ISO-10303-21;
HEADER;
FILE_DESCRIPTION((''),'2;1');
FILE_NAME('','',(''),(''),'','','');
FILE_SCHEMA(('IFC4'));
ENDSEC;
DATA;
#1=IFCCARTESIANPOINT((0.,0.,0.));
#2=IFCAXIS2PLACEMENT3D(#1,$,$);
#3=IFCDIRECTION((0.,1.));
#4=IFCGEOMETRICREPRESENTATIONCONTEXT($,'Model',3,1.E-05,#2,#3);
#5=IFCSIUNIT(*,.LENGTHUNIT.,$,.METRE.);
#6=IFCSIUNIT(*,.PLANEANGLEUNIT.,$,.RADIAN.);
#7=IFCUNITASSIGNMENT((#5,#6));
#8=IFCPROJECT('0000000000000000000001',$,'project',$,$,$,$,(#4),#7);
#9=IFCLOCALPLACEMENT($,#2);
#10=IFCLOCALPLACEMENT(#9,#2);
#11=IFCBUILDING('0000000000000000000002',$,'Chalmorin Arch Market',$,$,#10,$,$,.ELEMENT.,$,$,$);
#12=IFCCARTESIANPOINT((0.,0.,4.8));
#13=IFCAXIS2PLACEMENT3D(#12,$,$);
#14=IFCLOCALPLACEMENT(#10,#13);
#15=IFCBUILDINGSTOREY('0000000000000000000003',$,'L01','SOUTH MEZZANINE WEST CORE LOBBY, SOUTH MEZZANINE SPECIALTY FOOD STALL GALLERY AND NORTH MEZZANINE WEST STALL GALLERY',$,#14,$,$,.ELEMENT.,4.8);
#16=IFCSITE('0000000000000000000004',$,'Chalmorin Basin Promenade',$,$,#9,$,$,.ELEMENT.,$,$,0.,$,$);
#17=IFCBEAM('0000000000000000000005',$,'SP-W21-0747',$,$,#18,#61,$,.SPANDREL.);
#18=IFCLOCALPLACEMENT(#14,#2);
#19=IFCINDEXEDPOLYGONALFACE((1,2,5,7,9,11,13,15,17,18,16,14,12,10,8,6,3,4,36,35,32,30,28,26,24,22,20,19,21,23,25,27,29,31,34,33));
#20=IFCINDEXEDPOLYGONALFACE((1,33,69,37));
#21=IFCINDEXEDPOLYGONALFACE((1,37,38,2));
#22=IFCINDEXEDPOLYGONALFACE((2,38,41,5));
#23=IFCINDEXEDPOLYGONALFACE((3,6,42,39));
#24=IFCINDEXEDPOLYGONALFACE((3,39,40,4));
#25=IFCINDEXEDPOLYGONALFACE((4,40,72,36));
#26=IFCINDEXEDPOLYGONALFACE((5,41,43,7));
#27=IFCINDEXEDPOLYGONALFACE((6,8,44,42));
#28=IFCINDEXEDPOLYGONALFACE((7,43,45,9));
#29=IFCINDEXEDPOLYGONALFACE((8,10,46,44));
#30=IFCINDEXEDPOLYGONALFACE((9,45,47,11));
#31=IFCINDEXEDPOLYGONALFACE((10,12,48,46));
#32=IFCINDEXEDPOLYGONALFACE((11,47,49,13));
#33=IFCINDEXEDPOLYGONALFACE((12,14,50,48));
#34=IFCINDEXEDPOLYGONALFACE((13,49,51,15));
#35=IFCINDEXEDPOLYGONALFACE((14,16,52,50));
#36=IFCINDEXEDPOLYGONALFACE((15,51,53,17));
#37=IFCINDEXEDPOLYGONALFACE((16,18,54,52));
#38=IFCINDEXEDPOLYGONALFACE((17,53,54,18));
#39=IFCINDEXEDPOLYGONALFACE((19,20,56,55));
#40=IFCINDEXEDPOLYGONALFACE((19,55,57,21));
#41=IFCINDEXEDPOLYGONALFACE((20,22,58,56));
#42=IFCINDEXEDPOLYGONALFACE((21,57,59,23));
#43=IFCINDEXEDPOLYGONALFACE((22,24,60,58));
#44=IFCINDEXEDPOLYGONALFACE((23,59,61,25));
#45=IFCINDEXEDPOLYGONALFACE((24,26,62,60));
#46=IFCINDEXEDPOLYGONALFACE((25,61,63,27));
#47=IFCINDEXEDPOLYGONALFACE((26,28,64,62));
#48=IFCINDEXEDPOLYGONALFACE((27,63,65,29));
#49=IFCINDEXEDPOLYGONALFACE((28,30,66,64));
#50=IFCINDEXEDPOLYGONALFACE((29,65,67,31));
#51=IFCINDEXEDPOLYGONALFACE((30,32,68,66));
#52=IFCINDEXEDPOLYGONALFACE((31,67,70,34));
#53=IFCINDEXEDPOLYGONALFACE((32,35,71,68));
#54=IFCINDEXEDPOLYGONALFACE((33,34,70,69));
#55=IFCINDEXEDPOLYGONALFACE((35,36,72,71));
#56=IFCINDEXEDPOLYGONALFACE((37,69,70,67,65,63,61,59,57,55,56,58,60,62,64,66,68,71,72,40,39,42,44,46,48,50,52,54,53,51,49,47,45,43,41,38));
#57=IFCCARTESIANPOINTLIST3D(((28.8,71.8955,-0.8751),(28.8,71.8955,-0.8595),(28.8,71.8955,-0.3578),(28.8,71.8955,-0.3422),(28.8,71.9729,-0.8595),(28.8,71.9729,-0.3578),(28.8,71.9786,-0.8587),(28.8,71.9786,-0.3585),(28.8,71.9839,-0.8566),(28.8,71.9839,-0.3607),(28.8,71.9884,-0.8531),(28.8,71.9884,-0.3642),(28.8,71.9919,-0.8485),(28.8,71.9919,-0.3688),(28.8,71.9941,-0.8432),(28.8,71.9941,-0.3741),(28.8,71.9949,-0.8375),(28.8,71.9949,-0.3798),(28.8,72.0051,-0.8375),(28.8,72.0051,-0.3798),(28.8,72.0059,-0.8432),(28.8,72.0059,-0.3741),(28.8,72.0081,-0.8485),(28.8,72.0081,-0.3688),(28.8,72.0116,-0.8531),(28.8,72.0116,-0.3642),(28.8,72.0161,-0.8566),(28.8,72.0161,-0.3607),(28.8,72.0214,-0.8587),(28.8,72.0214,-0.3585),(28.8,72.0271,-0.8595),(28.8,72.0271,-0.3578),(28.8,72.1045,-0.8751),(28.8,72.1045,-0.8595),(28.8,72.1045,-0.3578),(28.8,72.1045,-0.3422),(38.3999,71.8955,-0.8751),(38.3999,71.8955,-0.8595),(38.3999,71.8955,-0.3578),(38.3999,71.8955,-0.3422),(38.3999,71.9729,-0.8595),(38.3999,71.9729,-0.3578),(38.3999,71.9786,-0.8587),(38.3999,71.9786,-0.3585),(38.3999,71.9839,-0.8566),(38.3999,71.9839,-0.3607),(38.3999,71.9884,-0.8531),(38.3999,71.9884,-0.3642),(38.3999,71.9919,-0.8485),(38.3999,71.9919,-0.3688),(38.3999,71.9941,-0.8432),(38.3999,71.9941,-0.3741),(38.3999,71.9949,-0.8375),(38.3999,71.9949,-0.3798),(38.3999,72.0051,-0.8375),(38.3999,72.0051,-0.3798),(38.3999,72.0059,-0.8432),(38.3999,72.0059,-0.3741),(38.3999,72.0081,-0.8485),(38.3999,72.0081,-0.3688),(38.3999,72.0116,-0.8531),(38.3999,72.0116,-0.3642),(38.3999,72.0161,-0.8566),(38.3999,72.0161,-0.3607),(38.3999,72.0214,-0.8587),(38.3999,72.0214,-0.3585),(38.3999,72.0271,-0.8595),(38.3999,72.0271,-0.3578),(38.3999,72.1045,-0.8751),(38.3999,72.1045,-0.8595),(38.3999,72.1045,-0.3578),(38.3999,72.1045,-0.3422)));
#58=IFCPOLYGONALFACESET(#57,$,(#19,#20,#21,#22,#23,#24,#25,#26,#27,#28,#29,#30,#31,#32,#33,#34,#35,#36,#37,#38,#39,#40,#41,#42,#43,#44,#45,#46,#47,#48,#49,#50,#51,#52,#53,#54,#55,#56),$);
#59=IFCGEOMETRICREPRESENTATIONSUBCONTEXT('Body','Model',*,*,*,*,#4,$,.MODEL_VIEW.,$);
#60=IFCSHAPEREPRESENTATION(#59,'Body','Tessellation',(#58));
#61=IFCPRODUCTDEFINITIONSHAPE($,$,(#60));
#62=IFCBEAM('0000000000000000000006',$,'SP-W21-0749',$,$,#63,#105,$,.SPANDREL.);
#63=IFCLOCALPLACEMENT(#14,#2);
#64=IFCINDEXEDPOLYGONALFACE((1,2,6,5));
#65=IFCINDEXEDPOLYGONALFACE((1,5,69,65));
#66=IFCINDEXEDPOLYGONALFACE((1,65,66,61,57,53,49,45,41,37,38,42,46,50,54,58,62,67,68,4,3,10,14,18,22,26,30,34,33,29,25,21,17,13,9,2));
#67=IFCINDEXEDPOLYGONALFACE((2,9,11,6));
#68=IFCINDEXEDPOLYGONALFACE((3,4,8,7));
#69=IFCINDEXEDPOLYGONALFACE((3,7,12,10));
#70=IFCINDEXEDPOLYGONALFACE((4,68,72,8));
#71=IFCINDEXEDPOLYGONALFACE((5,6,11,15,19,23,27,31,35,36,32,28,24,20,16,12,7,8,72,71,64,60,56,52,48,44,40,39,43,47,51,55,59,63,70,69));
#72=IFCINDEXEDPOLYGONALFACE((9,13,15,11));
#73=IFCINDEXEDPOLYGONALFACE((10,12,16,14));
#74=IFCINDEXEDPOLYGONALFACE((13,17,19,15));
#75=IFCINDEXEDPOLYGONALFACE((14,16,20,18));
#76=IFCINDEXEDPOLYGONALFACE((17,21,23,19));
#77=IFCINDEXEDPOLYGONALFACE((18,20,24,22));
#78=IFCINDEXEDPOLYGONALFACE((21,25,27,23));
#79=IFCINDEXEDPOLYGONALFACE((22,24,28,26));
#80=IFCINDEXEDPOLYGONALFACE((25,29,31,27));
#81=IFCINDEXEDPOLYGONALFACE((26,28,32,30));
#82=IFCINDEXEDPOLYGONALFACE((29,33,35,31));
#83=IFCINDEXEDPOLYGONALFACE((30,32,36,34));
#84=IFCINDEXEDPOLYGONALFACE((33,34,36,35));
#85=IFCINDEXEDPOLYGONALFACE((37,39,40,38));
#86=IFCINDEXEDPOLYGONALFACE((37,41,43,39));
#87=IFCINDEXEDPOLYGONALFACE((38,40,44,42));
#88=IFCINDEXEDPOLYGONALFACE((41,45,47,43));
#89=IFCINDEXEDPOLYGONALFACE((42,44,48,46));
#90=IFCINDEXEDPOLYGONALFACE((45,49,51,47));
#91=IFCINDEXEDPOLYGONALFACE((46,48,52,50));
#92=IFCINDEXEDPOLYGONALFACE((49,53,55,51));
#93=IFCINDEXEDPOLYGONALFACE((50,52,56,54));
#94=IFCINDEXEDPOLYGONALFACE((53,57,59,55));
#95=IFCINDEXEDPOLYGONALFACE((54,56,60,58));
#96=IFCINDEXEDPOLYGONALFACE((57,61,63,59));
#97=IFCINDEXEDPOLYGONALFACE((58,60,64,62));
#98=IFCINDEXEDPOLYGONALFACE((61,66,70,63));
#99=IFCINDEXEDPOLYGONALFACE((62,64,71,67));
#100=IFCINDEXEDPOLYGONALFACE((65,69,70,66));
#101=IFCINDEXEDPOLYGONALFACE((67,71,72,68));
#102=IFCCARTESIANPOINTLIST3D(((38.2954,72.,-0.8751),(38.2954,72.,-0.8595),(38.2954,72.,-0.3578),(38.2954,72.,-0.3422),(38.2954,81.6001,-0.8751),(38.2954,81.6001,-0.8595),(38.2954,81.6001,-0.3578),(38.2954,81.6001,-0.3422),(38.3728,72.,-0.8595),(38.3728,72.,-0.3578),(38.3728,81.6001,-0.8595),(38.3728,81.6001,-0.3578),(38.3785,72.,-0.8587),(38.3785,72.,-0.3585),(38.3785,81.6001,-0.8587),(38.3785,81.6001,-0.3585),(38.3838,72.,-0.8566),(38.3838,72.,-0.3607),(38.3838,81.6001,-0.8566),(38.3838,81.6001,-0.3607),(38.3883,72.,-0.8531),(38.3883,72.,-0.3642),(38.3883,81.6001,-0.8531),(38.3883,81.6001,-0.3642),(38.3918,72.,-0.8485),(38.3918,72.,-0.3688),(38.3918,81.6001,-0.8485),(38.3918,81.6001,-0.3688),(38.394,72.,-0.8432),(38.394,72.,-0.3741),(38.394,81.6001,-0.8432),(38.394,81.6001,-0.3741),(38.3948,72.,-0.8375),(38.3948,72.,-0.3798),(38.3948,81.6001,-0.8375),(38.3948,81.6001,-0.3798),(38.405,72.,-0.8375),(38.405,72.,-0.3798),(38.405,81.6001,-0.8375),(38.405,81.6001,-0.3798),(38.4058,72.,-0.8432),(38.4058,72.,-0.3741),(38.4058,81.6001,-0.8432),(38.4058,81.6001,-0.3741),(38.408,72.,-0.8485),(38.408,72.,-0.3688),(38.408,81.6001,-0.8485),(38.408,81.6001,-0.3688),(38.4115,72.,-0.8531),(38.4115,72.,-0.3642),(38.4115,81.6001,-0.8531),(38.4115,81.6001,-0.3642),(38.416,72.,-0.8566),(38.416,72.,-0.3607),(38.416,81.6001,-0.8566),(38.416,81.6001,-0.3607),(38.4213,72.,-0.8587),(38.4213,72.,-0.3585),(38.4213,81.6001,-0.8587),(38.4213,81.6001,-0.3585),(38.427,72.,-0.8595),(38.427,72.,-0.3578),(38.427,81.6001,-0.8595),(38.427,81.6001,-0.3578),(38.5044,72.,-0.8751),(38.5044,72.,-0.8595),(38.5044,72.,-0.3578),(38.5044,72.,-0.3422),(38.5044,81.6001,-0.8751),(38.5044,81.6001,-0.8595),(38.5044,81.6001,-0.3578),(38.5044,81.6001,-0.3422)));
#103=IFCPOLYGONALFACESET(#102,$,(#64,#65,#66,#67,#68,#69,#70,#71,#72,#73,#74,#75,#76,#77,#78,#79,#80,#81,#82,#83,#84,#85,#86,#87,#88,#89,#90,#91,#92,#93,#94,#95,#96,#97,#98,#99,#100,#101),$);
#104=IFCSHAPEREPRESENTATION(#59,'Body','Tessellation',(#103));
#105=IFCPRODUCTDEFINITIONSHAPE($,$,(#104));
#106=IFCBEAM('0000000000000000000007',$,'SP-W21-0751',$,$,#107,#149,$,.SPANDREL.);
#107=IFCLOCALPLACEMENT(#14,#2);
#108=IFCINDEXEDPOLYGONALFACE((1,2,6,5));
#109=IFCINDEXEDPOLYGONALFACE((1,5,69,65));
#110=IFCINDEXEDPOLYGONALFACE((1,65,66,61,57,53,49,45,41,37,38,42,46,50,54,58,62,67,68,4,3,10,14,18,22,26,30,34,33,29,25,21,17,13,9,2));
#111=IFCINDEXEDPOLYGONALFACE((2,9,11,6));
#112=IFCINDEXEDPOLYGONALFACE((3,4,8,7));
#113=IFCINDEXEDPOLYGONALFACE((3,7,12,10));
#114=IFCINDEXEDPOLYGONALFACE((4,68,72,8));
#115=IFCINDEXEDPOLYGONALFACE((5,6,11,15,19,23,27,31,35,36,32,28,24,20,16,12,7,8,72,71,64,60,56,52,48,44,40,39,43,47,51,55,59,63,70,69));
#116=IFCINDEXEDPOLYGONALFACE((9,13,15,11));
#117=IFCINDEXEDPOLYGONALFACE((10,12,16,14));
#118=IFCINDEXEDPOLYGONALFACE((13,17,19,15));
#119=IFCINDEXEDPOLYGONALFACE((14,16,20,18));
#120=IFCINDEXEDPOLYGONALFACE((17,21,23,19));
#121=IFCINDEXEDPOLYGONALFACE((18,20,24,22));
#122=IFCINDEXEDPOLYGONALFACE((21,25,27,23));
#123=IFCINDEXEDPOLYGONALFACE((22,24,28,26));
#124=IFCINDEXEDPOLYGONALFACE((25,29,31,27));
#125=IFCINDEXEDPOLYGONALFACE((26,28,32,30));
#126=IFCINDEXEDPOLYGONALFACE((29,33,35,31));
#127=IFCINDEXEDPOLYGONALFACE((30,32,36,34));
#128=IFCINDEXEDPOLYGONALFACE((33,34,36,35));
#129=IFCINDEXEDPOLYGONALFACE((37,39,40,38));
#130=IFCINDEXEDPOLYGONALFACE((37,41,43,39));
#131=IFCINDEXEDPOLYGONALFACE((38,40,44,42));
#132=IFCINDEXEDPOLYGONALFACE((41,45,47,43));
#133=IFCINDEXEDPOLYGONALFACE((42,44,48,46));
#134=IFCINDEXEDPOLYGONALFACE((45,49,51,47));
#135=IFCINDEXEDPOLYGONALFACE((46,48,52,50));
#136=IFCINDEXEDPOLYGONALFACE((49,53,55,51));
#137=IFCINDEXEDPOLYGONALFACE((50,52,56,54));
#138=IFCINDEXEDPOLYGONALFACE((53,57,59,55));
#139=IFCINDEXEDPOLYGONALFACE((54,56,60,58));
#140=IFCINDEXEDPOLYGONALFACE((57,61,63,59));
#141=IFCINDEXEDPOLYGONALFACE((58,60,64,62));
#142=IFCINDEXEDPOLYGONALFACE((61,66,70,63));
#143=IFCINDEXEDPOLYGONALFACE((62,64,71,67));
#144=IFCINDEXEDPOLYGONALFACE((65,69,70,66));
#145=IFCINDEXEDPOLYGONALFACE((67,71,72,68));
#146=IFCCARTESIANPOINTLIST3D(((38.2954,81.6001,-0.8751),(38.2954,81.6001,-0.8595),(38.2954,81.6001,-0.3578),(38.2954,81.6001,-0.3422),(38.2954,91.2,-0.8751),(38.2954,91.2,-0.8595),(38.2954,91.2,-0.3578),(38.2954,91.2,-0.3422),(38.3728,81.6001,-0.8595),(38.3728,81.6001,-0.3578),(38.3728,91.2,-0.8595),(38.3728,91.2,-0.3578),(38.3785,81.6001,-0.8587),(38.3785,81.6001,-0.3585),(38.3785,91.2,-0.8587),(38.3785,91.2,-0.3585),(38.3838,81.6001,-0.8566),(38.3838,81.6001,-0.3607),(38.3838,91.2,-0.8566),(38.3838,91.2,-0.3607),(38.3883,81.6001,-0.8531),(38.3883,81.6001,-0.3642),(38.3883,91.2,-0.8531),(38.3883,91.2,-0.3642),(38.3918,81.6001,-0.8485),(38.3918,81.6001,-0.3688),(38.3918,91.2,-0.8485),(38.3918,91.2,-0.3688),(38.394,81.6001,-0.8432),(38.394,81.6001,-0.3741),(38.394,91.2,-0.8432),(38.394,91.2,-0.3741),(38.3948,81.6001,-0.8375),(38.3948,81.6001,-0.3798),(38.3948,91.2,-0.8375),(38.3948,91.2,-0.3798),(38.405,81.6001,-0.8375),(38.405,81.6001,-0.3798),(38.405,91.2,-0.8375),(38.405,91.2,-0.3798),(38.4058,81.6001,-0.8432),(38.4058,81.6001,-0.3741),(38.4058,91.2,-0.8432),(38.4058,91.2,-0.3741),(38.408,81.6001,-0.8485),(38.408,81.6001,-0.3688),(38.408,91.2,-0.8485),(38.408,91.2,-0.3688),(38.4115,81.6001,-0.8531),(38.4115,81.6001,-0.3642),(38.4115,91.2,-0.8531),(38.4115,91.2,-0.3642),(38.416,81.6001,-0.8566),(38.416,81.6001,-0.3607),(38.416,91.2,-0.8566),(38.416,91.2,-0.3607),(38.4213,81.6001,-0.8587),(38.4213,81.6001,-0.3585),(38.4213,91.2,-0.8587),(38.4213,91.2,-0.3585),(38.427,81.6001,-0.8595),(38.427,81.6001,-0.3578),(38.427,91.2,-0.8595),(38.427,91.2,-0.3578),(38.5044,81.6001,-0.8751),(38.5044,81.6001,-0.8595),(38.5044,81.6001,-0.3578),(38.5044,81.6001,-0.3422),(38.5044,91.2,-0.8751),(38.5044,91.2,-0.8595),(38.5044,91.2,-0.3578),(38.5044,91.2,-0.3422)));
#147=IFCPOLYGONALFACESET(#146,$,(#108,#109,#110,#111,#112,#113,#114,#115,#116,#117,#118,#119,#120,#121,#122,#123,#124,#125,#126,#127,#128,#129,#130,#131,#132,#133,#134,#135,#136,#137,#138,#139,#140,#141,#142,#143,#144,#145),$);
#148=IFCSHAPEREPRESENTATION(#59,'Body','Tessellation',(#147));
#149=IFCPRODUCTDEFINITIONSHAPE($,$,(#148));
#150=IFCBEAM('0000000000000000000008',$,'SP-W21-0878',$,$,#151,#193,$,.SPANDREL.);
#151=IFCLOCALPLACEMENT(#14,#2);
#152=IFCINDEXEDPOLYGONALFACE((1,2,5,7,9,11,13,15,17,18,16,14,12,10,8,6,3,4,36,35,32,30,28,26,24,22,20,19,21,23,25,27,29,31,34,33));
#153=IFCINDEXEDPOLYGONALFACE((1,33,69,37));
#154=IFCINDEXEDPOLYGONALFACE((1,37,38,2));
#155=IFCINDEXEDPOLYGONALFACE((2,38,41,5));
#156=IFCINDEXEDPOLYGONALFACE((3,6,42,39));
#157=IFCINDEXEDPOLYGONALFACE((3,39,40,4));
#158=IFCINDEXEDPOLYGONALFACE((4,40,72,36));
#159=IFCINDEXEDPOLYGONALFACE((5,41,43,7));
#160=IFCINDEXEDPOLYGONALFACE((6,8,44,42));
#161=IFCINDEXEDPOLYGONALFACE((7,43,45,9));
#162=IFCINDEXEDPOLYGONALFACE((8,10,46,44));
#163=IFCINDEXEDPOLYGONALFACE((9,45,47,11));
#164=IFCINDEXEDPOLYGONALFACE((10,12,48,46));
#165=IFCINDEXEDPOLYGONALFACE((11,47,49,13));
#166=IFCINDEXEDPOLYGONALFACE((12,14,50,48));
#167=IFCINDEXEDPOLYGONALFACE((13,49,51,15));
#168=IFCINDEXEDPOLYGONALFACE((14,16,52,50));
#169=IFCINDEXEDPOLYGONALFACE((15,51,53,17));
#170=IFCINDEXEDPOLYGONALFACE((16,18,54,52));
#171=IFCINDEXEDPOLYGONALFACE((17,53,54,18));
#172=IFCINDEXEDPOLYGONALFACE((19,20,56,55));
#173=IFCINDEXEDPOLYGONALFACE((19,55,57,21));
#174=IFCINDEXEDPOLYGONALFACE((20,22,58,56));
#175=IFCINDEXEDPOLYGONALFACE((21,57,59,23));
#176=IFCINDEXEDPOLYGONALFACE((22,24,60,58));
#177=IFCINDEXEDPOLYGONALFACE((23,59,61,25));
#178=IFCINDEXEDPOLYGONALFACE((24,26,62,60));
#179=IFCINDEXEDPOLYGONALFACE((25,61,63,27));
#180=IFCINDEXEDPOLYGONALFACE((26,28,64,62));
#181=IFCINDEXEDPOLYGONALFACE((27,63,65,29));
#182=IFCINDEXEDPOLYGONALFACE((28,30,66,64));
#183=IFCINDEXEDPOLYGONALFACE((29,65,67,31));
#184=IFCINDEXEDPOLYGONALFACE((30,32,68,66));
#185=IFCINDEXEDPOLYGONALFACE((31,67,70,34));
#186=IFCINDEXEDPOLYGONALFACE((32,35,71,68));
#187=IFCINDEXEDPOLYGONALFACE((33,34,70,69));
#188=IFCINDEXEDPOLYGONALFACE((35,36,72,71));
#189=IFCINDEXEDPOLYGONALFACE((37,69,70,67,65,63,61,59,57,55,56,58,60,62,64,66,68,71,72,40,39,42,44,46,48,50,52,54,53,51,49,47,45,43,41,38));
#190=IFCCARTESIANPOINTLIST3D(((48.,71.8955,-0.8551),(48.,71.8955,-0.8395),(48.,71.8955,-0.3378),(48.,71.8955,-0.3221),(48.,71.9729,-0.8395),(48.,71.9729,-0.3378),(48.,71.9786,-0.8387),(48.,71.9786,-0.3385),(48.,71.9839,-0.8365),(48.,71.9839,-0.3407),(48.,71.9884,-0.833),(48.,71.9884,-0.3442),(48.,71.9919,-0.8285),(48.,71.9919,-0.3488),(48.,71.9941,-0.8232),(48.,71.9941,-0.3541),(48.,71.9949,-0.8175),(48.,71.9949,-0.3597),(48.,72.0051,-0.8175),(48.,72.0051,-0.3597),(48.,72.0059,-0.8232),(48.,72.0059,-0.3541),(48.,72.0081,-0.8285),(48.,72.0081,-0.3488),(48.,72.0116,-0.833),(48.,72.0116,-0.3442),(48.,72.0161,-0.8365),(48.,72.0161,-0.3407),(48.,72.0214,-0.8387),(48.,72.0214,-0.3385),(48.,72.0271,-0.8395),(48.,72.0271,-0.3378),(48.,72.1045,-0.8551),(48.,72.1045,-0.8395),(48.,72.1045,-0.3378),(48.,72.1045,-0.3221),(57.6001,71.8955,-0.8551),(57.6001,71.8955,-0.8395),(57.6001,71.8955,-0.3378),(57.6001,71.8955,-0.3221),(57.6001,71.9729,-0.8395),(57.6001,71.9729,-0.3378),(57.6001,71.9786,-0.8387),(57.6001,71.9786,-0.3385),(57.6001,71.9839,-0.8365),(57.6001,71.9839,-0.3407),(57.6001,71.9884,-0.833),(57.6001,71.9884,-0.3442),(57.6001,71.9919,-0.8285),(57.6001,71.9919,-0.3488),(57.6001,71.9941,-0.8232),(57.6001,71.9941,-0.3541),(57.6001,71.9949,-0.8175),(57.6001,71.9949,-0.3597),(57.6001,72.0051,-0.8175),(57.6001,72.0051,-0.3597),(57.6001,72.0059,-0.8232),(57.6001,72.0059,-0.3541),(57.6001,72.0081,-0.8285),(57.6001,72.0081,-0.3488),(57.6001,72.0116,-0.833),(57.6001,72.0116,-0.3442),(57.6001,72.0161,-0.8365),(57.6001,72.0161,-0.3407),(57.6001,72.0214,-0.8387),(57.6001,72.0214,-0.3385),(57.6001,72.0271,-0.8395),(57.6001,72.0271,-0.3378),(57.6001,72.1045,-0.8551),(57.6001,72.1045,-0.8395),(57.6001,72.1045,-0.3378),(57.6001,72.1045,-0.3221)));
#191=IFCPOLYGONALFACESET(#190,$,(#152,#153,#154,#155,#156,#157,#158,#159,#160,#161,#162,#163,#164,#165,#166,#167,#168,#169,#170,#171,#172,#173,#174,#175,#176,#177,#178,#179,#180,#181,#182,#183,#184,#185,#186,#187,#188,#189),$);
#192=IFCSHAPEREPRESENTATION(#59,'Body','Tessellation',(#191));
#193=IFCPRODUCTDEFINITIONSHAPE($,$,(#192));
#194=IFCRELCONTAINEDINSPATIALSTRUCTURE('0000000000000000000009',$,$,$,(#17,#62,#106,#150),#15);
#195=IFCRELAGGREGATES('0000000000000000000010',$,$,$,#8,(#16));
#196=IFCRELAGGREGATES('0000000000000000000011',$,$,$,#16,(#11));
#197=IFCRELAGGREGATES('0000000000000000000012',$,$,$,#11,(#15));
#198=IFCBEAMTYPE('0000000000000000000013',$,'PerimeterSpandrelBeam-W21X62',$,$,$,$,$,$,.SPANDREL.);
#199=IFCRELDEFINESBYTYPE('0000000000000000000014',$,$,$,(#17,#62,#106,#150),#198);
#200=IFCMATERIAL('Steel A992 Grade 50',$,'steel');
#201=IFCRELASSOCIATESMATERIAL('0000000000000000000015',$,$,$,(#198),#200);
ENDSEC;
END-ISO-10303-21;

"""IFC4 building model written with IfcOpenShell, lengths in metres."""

from ifc_helpers import new_model, si_unit, direction, frame, origin, origin_2d, place, context, subcontext, project, spatial, i_section, extrude, material, material_profile, profile_set, type_object, element, save


model = new_model("IFC4")

# Units and contexts
model_context = context("Model", 3, precision=1e-05, world=origin(), true_north=direction((0.0, 1.0)))
body_context = subcontext(model_context, "Body", "Model", "MODEL_VIEW")
ifc_project = project(units=[si_unit("LENGTHUNIT", "METRE"), si_unit("PLANEANGLEUNIT", "RADIAN")], contexts=[model_context])

# Site, building, storey
site_placement = place(None, origin())
site = spatial("IfcSite", under=ifc_project, at=site_placement, Name="Chalmorin Basin Promenade", CompositionType="ELEMENT", RefElevation=0.0)
building_placement = place(site_placement, origin())
building = spatial("IfcBuilding", under=site, at=building_placement, Name="Chalmorin Arch Market", CompositionType="ELEMENT")
storey_placement = place(building_placement, frame((0.0, 0.0, 4.8)))
storey = spatial("IfcBuildingStorey", under=building, at=storey_placement, Name="L01", Description="SOUTH MEZZANINE WEST CORE LOBBY, SOUTH MEZZANINE SPECIALTY FOOD STALL GALLERY AND NORTH MEZZANINE WEST STALL GALLERY", CompositionType="ELEMENT", Elevation=4.8)

# Beams
ifc_material_1 = material(Name="Steel A992 Grade 50", Category="steel")
ifc_material_profile_1 = material_profile(ifc_material_1, i_section(OverallWidth=0.209, OverallDepth=0.533, WebThickness=0.0103, FlangeThickness=0.0156, FilletRadius=0.022, at=origin_2d()), Name="W21X62")
ifc_profile_set_1 = profile_set([ifc_material_profile_1], Name="Steel A992 Grade 50")
beam_type_1 = type_object("IfcBeamType", Name="PerimeterSpandrelBeam-W21X62", PredefinedType="SPANDREL", material=ifc_profile_set_1)
beam_1_placement = place(storey_placement, frame((28.8, 72.0, -0.6086), z_axis=(1.0, 0.0, 0.0), x_axis=(0.0, 1.0, 0.0)))
element("IfcBeam", 1, at=beam_1_placement, inside=storey, type_object=beam_type_1, Name="SP-W21-0747", PredefinedType="SPANDREL", context=body_context, shape_type="SweptSolid", body=[
    extrude(i_section(OverallWidth=0.209, OverallDepth=0.533, WebThickness=0.0103, FlangeThickness=0.0156, FilletRadius=0.022, at=origin_2d()), origin(), (0.0, 0.0, 1.0), 9.5999),
])
beam_2_placement = place(storey_placement, frame((38.3999, 72.0, -0.6086), z_axis=(0.0, 1.0, 0.0), x_axis=(-1.0, 0.0, 0.0)))
element("IfcBeam", 2, at=beam_2_placement, inside=storey, type_object=beam_type_1, Name="SP-W21-0749", PredefinedType="SPANDREL", context=body_context, shape_type="SweptSolid", body=[
    extrude(i_section(OverallWidth=0.209, OverallDepth=0.533, WebThickness=0.0103, FlangeThickness=0.0156, FilletRadius=0.022, at=origin_2d()), origin(), (0.0, 0.0, 1.0), 9.6001),
])
beam_3_placement = place(storey_placement, frame((38.3999, 81.6001, -0.6086), z_axis=(0.0, 1.0, 0.0), x_axis=(-1.0, 0.0, 0.0)))
element("IfcBeam", 3, at=beam_3_placement, inside=storey, type_object=beam_type_1, Name="SP-W21-0751", PredefinedType="SPANDREL", context=body_context, shape_type="SweptSolid", body=[
    extrude(i_section(OverallWidth=0.209, OverallDepth=0.533, WebThickness=0.0103, FlangeThickness=0.0156, FilletRadius=0.022, at=origin_2d()), origin(), (0.0, 0.0, 1.0), 9.5999),
])
for number, where, z_axis, x_axis, name in (
    (4, (48.0, 72.0, -0.5886), (1.0, 0.0, 0.0), (0.0, 1.0, 0.0), "SP-W21-0878"),
):
    element("IfcBeam", number, at=place(storey_placement, frame(where, z_axis=z_axis, x_axis=x_axis)), inside=storey, type_object=beam_type_1, Name=name, PredefinedType="SPANDREL", context=body_context, shape_type="SweptSolid", body=[
        extrude(i_section(OverallWidth=0.209, OverallDepth=0.533, WebThickness=0.0103, FlangeThickness=0.0156, FilletRadius=0.022, at=origin_2d()), origin(), (0.0, 0.0, 1.0), 9.6001),
    ])

save(model, "model.ifc")
